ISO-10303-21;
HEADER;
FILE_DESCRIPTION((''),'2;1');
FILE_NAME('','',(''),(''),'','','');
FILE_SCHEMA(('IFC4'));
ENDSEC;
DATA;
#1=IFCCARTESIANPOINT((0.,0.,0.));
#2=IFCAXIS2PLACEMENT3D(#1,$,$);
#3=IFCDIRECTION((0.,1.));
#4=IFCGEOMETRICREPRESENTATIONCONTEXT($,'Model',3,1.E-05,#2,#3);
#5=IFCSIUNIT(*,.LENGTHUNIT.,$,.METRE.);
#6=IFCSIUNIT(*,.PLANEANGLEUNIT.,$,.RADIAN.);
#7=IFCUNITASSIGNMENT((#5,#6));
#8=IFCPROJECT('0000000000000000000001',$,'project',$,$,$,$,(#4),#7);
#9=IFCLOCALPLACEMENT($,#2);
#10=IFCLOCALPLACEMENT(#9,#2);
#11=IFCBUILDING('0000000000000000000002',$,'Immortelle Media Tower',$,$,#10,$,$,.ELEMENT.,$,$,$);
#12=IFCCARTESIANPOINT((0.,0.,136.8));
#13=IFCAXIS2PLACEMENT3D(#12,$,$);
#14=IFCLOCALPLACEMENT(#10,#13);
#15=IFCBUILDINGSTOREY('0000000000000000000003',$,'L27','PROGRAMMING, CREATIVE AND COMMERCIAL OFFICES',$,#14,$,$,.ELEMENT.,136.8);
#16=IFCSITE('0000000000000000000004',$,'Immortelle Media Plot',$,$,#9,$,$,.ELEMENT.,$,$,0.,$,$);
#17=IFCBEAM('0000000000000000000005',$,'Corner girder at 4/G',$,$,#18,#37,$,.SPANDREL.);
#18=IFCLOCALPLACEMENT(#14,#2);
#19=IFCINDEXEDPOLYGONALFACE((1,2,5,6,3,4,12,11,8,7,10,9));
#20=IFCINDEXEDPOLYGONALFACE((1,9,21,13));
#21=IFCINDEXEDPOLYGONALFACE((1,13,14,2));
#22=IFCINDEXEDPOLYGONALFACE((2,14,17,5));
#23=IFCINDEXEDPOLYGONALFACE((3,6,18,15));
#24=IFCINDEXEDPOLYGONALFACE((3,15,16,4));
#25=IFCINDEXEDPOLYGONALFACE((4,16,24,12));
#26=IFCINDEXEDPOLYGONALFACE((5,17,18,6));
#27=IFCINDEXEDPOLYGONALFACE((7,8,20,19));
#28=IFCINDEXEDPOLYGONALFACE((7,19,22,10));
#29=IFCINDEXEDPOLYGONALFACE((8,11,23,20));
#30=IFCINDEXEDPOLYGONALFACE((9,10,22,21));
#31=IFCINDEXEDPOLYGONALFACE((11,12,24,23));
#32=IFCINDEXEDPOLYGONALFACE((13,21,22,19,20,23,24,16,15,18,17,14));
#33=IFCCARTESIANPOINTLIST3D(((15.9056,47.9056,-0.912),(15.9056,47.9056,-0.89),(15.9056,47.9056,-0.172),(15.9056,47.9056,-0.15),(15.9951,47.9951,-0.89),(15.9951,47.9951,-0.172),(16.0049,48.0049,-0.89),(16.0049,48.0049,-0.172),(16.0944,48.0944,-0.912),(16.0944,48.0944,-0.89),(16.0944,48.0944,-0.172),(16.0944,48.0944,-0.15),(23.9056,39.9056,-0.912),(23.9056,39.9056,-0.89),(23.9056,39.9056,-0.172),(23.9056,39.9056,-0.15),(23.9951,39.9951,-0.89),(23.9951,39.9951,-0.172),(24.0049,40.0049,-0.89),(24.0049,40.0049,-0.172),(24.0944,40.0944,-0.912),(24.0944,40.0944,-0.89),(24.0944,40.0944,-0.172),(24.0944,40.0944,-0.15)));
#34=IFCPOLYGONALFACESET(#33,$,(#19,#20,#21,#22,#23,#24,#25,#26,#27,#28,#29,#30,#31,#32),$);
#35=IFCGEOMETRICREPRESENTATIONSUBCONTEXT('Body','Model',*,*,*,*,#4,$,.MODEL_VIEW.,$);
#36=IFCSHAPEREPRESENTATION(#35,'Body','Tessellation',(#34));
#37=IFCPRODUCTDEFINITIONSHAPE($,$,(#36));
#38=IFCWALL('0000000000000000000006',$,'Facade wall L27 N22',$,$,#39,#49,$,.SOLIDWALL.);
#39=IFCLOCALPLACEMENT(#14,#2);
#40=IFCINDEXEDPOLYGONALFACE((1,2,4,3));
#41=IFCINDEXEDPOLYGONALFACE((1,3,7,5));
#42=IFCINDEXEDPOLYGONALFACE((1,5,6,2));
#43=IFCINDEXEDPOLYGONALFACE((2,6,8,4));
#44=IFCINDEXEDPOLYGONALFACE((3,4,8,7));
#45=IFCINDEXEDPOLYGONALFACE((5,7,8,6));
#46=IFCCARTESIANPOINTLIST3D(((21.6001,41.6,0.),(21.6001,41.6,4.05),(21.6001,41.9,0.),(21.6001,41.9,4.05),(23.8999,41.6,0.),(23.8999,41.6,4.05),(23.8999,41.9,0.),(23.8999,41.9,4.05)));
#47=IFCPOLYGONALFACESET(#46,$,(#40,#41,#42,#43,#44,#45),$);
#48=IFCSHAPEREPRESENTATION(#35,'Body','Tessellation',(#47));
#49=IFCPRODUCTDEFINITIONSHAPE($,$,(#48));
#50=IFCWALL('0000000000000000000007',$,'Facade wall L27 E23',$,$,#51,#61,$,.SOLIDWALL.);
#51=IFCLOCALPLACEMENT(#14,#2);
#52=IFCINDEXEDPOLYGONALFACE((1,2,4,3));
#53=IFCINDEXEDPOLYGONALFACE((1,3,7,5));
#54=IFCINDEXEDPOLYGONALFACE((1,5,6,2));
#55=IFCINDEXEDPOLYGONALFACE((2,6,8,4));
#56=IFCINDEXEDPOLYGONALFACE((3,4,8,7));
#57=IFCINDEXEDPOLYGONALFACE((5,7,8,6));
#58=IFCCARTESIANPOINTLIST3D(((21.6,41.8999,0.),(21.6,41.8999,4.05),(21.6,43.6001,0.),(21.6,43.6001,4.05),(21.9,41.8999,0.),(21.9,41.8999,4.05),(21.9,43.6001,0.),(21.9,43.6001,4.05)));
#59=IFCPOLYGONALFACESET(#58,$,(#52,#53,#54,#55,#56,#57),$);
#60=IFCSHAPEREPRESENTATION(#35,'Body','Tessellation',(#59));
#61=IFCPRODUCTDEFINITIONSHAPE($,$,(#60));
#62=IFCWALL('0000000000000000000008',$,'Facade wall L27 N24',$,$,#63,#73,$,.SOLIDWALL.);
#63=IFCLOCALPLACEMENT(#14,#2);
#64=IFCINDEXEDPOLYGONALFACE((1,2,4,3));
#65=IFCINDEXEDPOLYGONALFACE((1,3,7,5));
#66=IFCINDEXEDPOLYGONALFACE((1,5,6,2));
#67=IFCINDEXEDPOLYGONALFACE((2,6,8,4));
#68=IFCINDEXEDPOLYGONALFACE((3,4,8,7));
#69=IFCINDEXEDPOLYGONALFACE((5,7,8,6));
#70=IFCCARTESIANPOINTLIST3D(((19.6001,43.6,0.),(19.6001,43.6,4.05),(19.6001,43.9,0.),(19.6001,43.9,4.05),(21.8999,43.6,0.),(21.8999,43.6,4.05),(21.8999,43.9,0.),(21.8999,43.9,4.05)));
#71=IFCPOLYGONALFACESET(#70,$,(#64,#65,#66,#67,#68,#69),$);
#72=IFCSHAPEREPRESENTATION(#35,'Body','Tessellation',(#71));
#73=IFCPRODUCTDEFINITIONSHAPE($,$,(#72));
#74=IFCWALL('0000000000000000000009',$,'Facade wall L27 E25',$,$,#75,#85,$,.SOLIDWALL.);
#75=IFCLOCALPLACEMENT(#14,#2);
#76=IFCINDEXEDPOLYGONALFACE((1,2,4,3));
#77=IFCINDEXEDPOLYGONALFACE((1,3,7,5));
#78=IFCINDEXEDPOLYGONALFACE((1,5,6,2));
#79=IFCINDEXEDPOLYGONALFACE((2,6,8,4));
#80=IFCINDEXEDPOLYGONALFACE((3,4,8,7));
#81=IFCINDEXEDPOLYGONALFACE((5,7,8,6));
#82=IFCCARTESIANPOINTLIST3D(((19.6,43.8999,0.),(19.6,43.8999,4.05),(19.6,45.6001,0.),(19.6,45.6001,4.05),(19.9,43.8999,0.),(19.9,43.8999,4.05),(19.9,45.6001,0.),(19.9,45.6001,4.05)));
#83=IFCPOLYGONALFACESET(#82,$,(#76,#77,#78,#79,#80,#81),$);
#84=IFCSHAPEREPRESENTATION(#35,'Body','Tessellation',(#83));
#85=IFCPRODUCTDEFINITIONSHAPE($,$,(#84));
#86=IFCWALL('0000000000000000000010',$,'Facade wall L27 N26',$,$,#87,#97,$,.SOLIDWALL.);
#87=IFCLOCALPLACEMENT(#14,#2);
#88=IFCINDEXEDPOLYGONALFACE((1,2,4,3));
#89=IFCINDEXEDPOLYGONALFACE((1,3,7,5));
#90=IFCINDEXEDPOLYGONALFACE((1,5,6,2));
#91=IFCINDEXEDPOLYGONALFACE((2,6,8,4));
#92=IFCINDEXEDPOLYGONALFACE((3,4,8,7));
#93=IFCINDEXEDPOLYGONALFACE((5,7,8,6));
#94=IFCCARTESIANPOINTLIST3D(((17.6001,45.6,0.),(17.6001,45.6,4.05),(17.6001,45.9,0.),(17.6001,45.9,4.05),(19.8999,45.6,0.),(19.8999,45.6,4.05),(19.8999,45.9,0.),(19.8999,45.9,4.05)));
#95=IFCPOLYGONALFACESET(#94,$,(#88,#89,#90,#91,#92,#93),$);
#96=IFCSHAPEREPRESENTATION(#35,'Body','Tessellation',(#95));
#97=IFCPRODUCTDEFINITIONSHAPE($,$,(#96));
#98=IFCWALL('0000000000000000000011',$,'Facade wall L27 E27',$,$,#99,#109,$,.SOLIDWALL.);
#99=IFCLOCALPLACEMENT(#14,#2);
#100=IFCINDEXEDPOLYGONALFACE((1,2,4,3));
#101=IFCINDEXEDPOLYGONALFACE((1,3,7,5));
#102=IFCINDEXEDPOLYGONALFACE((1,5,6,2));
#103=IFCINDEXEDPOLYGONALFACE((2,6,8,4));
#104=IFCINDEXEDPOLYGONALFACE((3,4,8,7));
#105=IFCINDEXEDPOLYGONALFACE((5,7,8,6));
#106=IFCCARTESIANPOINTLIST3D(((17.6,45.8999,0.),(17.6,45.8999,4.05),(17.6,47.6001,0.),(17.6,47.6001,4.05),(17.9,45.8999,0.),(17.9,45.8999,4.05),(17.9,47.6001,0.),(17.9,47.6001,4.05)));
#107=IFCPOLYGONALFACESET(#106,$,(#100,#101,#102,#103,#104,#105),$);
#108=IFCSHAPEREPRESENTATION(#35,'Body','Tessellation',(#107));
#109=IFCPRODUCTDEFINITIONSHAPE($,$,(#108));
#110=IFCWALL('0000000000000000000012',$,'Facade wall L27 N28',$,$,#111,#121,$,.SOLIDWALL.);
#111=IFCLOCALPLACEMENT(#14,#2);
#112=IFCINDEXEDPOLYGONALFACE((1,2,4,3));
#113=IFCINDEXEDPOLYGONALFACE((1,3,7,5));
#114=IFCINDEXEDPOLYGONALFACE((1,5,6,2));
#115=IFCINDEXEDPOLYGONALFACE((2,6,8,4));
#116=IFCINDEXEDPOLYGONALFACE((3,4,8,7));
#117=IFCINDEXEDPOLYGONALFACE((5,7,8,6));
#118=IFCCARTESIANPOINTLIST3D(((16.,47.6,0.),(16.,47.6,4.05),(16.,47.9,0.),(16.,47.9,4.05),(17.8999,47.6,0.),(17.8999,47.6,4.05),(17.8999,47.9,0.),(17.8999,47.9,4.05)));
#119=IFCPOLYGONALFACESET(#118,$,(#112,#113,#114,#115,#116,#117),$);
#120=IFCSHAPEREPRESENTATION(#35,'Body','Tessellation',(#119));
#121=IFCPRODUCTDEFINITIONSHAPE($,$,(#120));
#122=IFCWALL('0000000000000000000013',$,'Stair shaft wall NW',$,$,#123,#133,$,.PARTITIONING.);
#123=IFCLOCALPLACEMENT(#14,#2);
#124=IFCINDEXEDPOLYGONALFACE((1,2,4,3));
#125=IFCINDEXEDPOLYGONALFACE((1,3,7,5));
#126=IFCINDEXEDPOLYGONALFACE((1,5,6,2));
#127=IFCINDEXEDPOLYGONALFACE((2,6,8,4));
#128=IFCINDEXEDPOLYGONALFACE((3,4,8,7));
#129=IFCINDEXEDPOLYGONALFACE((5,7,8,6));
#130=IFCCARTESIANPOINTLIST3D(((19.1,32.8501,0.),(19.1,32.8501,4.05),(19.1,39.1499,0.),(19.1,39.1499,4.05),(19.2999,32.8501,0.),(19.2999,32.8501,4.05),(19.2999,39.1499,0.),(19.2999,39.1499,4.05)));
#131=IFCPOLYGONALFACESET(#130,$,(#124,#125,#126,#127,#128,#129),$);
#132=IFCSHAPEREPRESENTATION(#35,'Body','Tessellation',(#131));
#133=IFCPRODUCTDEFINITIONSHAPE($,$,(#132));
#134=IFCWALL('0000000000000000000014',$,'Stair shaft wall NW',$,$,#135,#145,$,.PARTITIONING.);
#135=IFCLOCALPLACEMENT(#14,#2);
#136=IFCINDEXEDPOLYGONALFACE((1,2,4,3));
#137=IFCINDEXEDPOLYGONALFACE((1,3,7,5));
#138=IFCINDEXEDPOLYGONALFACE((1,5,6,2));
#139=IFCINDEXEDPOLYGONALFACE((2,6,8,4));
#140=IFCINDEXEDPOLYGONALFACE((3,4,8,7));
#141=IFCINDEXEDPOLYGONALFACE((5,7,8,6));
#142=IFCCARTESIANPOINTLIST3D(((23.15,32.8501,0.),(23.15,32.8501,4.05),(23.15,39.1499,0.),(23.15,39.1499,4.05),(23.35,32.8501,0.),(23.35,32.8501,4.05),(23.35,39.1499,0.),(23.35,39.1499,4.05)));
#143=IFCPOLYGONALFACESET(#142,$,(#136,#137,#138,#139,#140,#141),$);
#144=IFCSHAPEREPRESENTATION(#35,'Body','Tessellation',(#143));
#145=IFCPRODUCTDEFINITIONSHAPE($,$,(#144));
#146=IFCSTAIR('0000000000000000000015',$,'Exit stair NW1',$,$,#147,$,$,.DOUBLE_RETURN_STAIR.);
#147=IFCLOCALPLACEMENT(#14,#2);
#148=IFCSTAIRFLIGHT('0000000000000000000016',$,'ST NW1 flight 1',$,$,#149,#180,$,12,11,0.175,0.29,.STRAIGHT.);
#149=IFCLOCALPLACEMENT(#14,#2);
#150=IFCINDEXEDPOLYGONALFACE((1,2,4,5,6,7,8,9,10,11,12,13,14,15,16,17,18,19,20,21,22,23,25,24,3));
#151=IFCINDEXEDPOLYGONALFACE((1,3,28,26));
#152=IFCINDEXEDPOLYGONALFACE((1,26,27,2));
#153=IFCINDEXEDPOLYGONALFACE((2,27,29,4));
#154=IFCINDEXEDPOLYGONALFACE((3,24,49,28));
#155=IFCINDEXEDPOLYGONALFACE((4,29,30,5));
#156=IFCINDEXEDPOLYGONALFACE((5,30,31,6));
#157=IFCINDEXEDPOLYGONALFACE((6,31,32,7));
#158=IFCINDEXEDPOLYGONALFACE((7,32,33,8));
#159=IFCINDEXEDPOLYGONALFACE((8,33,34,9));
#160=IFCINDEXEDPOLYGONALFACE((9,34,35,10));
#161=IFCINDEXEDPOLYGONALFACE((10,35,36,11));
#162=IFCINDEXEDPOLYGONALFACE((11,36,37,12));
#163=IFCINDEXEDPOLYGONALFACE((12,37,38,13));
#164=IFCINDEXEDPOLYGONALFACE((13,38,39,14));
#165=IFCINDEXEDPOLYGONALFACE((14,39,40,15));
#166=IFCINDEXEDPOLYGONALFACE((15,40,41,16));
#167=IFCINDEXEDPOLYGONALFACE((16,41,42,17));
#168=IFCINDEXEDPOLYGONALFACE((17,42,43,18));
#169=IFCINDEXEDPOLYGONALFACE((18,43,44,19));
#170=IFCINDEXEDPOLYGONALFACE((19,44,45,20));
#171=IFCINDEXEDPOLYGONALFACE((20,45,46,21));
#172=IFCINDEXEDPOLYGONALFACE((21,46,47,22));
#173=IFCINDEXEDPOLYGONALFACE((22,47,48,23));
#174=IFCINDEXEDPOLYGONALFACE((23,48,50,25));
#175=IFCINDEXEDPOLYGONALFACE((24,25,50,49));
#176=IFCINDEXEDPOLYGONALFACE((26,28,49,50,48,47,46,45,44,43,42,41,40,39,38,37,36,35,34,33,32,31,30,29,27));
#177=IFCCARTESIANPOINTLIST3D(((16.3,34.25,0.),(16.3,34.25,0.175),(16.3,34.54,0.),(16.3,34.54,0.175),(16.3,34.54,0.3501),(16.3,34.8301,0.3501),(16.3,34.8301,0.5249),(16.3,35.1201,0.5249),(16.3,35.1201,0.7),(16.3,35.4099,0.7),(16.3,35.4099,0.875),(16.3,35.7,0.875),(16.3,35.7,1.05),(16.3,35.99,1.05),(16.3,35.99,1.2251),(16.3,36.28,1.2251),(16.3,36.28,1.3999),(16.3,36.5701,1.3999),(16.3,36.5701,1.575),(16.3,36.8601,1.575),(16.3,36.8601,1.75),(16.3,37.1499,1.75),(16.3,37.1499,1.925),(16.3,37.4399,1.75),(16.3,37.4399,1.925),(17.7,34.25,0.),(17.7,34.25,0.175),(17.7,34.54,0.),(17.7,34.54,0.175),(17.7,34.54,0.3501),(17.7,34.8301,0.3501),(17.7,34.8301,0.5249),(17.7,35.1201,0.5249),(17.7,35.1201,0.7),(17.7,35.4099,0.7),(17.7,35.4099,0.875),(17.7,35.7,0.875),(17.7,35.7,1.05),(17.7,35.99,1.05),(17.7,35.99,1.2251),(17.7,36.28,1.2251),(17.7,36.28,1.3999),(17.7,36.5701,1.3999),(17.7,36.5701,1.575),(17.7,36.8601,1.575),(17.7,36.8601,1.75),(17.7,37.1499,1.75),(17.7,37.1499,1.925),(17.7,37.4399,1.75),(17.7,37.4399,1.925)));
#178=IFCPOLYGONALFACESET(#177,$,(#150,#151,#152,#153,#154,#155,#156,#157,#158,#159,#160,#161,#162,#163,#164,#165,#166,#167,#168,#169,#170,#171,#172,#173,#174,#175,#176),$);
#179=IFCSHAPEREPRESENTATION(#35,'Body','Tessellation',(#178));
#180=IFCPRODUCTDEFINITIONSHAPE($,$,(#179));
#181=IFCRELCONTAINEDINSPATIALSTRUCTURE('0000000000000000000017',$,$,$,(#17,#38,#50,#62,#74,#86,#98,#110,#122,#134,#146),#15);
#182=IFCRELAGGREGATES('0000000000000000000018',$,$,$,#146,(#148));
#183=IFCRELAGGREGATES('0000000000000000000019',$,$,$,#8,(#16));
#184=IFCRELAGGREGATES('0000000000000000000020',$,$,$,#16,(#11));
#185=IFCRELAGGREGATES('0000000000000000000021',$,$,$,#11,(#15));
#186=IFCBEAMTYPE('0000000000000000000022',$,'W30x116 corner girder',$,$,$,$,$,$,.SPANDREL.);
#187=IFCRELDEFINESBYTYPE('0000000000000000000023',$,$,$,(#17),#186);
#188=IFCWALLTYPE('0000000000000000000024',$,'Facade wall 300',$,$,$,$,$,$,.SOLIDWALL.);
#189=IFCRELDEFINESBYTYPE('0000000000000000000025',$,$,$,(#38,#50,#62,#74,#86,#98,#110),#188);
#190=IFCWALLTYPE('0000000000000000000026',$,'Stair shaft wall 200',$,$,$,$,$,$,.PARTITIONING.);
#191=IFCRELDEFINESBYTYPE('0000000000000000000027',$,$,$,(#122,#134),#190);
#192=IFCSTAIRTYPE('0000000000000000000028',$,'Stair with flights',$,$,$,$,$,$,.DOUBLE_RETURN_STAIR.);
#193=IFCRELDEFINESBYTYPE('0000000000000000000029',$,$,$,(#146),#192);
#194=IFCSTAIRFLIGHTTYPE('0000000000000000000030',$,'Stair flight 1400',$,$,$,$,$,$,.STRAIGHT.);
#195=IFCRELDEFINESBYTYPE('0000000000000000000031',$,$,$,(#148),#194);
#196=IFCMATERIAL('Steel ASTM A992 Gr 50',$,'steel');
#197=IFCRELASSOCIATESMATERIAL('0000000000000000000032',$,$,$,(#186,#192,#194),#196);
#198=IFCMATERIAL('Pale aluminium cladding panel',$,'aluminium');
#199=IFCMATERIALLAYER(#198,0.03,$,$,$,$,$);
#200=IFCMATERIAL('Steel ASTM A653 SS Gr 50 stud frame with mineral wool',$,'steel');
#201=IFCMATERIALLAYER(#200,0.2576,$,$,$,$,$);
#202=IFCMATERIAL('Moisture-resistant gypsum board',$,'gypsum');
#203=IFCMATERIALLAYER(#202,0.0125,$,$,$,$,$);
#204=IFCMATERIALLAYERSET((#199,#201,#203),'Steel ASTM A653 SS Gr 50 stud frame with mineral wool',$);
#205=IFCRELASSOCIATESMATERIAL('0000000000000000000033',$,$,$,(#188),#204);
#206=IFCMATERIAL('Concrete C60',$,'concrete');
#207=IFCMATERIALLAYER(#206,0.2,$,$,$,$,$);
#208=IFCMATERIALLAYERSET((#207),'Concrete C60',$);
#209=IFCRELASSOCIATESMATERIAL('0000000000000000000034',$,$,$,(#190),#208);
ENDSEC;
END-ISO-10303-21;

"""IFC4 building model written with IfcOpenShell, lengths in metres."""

from ifc_helpers import new_model, si_unit, direction, frame, frame_2d, origin, origin_2d, place, context, subcontext, project, spatial, polyline, rectangle, i_section, outline, extrude, material, layer, layer_set, material_profile, profile_set, type_object, element, aggregate, save


model = new_model("IFC4")

# Units and contexts
model_context = context("Model", 3, precision=1e-05, world=origin(), true_north=direction((0.0, 1.0)))
body_context = subcontext(model_context, "Body", "Model", "MODEL_VIEW")
ifc_project = project(units=[si_unit("LENGTHUNIT", "METRE"), si_unit("PLANEANGLEUNIT", "RADIAN")], contexts=[model_context])

# Site, building, storey
site_placement = place(None, origin())
site = spatial("IfcSite", under=ifc_project, at=site_placement, Name="Immortelle Media Plot", CompositionType="ELEMENT", RefElevation=0.0)
building_placement = place(site_placement, origin())
building = spatial("IfcBuilding", under=site, at=building_placement, Name="Immortelle Media Tower", CompositionType="ELEMENT")
storey_placement = place(building_placement, frame((0.0, 0.0, 136.8)))
storey = spatial("IfcBuildingStorey", under=building, at=storey_placement, Name="L27", Description="PROGRAMMING, CREATIVE AND COMMERCIAL OFFICES", CompositionType="ELEMENT", Elevation=136.8)

# Shared definitions
ifc_material_1 = material(Name="Steel ASTM A992 Gr 50", Category="steel")

# Beam
ifc_material_profile_1 = material_profile(ifc_material_1, i_section(OverallWidth=0.2671, OverallDepth=0.762, WebThickness=0.0139, FlangeThickness=0.022, at=origin_2d()), Name="W30x116")
ifc_profile_set_1 = profile_set([ifc_material_profile_1], Name="Steel ASTM A992 Gr 50")
beam_type_1 = type_object("IfcBeamType", Name="W30x116 corner girder", PredefinedType="SPANDREL", material=ifc_profile_set_1)
beam_1_placement = place(storey_placement, frame((16.0, 48.0, -0.531), z_axis=(0.707107, -0.707107, 0.0), x_axis=(0.707107, 0.707107, 0.0)))
element("IfcBeam", 1, at=beam_1_placement, inside=storey, type_object=beam_type_1, Name="Corner girder at 4/G", PredefinedType="SPANDREL", context=body_context, shape_type="SweptSolid", body=[
    extrude(i_section(OverallWidth=0.2671, OverallDepth=0.762, WebThickness=0.0139, FlangeThickness=0.022, at=origin_2d()), origin(), (0.0, 0.0, 1.0), 11.3137),
])

# Walls
ifc_material_2 = material(Name="Pale aluminium cladding panel", Category="aluminium")
ifc_layer_1 = layer(ifc_material_2, 0.03)
ifc_material_3 = material(Name="Steel ASTM A653 SS Gr 50 stud frame with mineral wool", Category="steel")
ifc_layer_2 = layer(ifc_material_3, 0.2576)
ifc_material_4 = material(Name="Moisture-resistant gypsum board", Category="gypsum")
ifc_layer_3 = layer(ifc_material_4, 0.0125)
ifc_layer_set_1 = layer_set([ifc_layer_1, ifc_layer_2, ifc_layer_3], Name="Steel ASTM A653 SS Gr 50 stud frame with mineral wool")
wall_type_1 = type_object("IfcWallType", Name="Facade wall 300", PredefinedType="SOLIDWALL", material=ifc_layer_set_1)
wall_1_placement = place(storey_placement, frame((23.8999, 41.75, 0.0), z_axis=(0.0, 0.0, 1.0), x_axis=(-1.0, 0.0, 0.0)))
element("IfcWall", 2, at=wall_1_placement, inside=storey, type_object=wall_type_1, Name="Facade wall L27 N22", PredefinedType="SOLIDWALL", context=body_context, shape_type="SweptSolid", body=[
    extrude(rectangle(XDim=2.2998, YDim=0.3, at=frame_2d((1.1499, 0.0))), origin(), (0.0, 0.0, 1.0), 4.05),
])
wall_2_placement = place(storey_placement, frame((21.75, 41.8999, 0.0), z_axis=(0.0, 0.0, 1.0), x_axis=(0.0, 1.0, 0.0)))
element("IfcWall", 3, at=wall_2_placement, inside=storey, type_object=wall_type_1, Name="Facade wall L27 E23", PredefinedType="SOLIDWALL", context=body_context, shape_type="SweptSolid", body=[
    extrude(rectangle(XDim=1.7002, YDim=0.3, at=frame_2d((0.8501, 0.0))), origin(), (0.0, 0.0, 1.0), 4.05),
])
wall_3_placement = place(storey_placement, frame((21.8999, 43.75, 0.0), z_axis=(0.0, 0.0, 1.0), x_axis=(-1.0, 0.0, 0.0)))
element("IfcWall", 4, at=wall_3_placement, inside=storey, type_object=wall_type_1, Name="Facade wall L27 N24", PredefinedType="SOLIDWALL", context=body_context, shape_type="SweptSolid", body=[
    extrude(rectangle(XDim=2.2998, YDim=0.3, at=frame_2d((1.1499, 0.0))), origin(), (0.0, 0.0, 1.0), 4.05),
])
wall_4_placement = place(storey_placement, frame((19.75, 43.8999, 0.0), z_axis=(0.0, 0.0, 1.0), x_axis=(0.0, 1.0, 0.0)))
element("IfcWall", 5, at=wall_4_placement, inside=storey, type_object=wall_type_1, Name="Facade wall L27 E25", PredefinedType="SOLIDWALL", context=body_context, shape_type="SweptSolid", body=[
    extrude(rectangle(XDim=1.7002, YDim=0.3, at=frame_2d((0.8501, 0.0))), origin(), (0.0, 0.0, 1.0), 4.05),
])
wall_5_placement = place(storey_placement, frame((19.8999, 45.75, 0.0), z_axis=(0.0, 0.0, 1.0), x_axis=(-1.0, 0.0, 0.0)))
element("IfcWall", 6, at=wall_5_placement, inside=storey, type_object=wall_type_1, Name="Facade wall L27 N26", PredefinedType="SOLIDWALL", context=body_context, shape_type="SweptSolid", body=[
    extrude(rectangle(XDim=2.2998, YDim=0.3, at=frame_2d((1.1499, 0.0))), origin(), (0.0, 0.0, 1.0), 4.05),
])
wall_6_placement = place(storey_placement, frame((17.75, 45.8999, 0.0), z_axis=(0.0, 0.0, 1.0), x_axis=(0.0, 1.0, 0.0)))
element("IfcWall", 7, at=wall_6_placement, inside=storey, type_object=wall_type_1, Name="Facade wall L27 E27", PredefinedType="SOLIDWALL", context=body_context, shape_type="SweptSolid", body=[
    extrude(rectangle(XDim=1.7002, YDim=0.3, at=frame_2d((0.8501, 0.0))), origin(), (0.0, 0.0, 1.0), 4.05),
])
wall_7_placement = place(storey_placement, frame((17.8999, 47.75, 0.0), z_axis=(0.0, 0.0, 1.0), x_axis=(-1.0, 0.0, 0.0)))
element("IfcWall", 8, at=wall_7_placement, inside=storey, type_object=wall_type_1, Name="Facade wall L27 N28", PredefinedType="SOLIDWALL", context=body_context, shape_type="SweptSolid", body=[
    extrude(rectangle(XDim=1.8999, YDim=0.3, at=frame_2d((0.95, 0.0))), origin(), (0.0, 0.0, 1.0), 4.05),
])
ifc_material_5 = material(Name="Concrete C60", Category="concrete")
ifc_layer_4 = layer(ifc_material_5, 0.2)
ifc_layer_set_2 = layer_set([ifc_layer_4], Name="Concrete C60")
wall_type_2 = type_object("IfcWallType", Name="Stair shaft wall 200", PredefinedType="PARTITIONING", material=ifc_layer_set_2)
for number, where, z_axis, x_axis, name in (
    (9, (19.2, 32.8501, 0.0), (0.0, 0.0, 1.0), (0.0, 1.0, 0.0), "Stair shaft wall NW"),
    (10, (23.25, 32.8501, 0.0), (0.0, 0.0, 1.0), (0.0, 1.0, 0.0), "Stair shaft wall NW"),
):
    element("IfcWall", number, at=place(storey_placement, frame(where, z_axis=z_axis, x_axis=x_axis)), inside=storey, type_object=wall_type_2, Name=name, PredefinedType="PARTITIONING", context=body_context, shape_type="SweptSolid", body=[
        extrude(rectangle(XDim=6.2998, YDim=0.2, at=frame_2d((3.1499, 0.0))), origin(), (0.0, 0.0, 1.0), 4.05),
    ])

# Stair, stair flight
stair_type = type_object("IfcStairType", Name="Stair with flights", PredefinedType="DOUBLE_RETURN_STAIR", material=ifc_material_1)
stair_1_placement = place(storey_placement, origin())
stair_1 = element("IfcStair", 11, at=stair_1_placement, inside=storey, type_object=stair_type, Name="Exit stair NW1", PredefinedType="DOUBLE_RETURN_STAIR")
stair_flight_type = type_object("IfcStairFlightType", Name="Stair flight 1400", PredefinedType="STRAIGHT", material=ifc_material_1)
stair_flight_1_placement = place(storey_placement, frame((17.0, 34.25, 0.0), z_axis=(0.0, 0.0, 1.0), x_axis=(0.0, 1.0, 0.0)))
stair_flight_1 = element("IfcStairFlight", 12, at=stair_flight_1_placement, type_object=stair_flight_type, Name="ST NW1 flight 1", NumberOfRisers=12, NumberOfTreads=11, PredefinedType="STRAIGHT", RiserHeight=0.175, TreadLength=0.29, context=body_context, shape_type="SweptSolid", body=[
    extrude(outline(polyline([(0.0, 0.0), (0.0, 0.175), (0.29, 0.175), (0.29, 0.3501), (0.5801, 0.3501), (0.5801, 0.5249), (0.8701, 0.5249), (0.8701, 0.7), (1.1599, 0.7), (1.1599, 0.875), (1.45, 0.875), (1.45, 1.05), (1.74, 1.05), (1.74, 1.2251), (2.03, 1.2251), (2.03, 1.3999), (2.3201, 1.3999), (2.3201, 1.575), (2.6101, 1.575), (2.6101, 1.75), (2.8999, 1.75), (2.8999, 1.925), (3.1899, 1.925), (3.1899, 2.1001), (3.1899, 1.75), (0.29, 0.0), (0.0, 0.0)])), frame((0.0, 0.7, 0.0), z_axis=(0.0, -1.0, 0.0), x_axis=(1.0, 0.0, 0.0)), (0.0, 0.0, 1.0), 1.3999),
])
aggregate(stair_1, [stair_flight_1])

save(model, "model.ifc")
